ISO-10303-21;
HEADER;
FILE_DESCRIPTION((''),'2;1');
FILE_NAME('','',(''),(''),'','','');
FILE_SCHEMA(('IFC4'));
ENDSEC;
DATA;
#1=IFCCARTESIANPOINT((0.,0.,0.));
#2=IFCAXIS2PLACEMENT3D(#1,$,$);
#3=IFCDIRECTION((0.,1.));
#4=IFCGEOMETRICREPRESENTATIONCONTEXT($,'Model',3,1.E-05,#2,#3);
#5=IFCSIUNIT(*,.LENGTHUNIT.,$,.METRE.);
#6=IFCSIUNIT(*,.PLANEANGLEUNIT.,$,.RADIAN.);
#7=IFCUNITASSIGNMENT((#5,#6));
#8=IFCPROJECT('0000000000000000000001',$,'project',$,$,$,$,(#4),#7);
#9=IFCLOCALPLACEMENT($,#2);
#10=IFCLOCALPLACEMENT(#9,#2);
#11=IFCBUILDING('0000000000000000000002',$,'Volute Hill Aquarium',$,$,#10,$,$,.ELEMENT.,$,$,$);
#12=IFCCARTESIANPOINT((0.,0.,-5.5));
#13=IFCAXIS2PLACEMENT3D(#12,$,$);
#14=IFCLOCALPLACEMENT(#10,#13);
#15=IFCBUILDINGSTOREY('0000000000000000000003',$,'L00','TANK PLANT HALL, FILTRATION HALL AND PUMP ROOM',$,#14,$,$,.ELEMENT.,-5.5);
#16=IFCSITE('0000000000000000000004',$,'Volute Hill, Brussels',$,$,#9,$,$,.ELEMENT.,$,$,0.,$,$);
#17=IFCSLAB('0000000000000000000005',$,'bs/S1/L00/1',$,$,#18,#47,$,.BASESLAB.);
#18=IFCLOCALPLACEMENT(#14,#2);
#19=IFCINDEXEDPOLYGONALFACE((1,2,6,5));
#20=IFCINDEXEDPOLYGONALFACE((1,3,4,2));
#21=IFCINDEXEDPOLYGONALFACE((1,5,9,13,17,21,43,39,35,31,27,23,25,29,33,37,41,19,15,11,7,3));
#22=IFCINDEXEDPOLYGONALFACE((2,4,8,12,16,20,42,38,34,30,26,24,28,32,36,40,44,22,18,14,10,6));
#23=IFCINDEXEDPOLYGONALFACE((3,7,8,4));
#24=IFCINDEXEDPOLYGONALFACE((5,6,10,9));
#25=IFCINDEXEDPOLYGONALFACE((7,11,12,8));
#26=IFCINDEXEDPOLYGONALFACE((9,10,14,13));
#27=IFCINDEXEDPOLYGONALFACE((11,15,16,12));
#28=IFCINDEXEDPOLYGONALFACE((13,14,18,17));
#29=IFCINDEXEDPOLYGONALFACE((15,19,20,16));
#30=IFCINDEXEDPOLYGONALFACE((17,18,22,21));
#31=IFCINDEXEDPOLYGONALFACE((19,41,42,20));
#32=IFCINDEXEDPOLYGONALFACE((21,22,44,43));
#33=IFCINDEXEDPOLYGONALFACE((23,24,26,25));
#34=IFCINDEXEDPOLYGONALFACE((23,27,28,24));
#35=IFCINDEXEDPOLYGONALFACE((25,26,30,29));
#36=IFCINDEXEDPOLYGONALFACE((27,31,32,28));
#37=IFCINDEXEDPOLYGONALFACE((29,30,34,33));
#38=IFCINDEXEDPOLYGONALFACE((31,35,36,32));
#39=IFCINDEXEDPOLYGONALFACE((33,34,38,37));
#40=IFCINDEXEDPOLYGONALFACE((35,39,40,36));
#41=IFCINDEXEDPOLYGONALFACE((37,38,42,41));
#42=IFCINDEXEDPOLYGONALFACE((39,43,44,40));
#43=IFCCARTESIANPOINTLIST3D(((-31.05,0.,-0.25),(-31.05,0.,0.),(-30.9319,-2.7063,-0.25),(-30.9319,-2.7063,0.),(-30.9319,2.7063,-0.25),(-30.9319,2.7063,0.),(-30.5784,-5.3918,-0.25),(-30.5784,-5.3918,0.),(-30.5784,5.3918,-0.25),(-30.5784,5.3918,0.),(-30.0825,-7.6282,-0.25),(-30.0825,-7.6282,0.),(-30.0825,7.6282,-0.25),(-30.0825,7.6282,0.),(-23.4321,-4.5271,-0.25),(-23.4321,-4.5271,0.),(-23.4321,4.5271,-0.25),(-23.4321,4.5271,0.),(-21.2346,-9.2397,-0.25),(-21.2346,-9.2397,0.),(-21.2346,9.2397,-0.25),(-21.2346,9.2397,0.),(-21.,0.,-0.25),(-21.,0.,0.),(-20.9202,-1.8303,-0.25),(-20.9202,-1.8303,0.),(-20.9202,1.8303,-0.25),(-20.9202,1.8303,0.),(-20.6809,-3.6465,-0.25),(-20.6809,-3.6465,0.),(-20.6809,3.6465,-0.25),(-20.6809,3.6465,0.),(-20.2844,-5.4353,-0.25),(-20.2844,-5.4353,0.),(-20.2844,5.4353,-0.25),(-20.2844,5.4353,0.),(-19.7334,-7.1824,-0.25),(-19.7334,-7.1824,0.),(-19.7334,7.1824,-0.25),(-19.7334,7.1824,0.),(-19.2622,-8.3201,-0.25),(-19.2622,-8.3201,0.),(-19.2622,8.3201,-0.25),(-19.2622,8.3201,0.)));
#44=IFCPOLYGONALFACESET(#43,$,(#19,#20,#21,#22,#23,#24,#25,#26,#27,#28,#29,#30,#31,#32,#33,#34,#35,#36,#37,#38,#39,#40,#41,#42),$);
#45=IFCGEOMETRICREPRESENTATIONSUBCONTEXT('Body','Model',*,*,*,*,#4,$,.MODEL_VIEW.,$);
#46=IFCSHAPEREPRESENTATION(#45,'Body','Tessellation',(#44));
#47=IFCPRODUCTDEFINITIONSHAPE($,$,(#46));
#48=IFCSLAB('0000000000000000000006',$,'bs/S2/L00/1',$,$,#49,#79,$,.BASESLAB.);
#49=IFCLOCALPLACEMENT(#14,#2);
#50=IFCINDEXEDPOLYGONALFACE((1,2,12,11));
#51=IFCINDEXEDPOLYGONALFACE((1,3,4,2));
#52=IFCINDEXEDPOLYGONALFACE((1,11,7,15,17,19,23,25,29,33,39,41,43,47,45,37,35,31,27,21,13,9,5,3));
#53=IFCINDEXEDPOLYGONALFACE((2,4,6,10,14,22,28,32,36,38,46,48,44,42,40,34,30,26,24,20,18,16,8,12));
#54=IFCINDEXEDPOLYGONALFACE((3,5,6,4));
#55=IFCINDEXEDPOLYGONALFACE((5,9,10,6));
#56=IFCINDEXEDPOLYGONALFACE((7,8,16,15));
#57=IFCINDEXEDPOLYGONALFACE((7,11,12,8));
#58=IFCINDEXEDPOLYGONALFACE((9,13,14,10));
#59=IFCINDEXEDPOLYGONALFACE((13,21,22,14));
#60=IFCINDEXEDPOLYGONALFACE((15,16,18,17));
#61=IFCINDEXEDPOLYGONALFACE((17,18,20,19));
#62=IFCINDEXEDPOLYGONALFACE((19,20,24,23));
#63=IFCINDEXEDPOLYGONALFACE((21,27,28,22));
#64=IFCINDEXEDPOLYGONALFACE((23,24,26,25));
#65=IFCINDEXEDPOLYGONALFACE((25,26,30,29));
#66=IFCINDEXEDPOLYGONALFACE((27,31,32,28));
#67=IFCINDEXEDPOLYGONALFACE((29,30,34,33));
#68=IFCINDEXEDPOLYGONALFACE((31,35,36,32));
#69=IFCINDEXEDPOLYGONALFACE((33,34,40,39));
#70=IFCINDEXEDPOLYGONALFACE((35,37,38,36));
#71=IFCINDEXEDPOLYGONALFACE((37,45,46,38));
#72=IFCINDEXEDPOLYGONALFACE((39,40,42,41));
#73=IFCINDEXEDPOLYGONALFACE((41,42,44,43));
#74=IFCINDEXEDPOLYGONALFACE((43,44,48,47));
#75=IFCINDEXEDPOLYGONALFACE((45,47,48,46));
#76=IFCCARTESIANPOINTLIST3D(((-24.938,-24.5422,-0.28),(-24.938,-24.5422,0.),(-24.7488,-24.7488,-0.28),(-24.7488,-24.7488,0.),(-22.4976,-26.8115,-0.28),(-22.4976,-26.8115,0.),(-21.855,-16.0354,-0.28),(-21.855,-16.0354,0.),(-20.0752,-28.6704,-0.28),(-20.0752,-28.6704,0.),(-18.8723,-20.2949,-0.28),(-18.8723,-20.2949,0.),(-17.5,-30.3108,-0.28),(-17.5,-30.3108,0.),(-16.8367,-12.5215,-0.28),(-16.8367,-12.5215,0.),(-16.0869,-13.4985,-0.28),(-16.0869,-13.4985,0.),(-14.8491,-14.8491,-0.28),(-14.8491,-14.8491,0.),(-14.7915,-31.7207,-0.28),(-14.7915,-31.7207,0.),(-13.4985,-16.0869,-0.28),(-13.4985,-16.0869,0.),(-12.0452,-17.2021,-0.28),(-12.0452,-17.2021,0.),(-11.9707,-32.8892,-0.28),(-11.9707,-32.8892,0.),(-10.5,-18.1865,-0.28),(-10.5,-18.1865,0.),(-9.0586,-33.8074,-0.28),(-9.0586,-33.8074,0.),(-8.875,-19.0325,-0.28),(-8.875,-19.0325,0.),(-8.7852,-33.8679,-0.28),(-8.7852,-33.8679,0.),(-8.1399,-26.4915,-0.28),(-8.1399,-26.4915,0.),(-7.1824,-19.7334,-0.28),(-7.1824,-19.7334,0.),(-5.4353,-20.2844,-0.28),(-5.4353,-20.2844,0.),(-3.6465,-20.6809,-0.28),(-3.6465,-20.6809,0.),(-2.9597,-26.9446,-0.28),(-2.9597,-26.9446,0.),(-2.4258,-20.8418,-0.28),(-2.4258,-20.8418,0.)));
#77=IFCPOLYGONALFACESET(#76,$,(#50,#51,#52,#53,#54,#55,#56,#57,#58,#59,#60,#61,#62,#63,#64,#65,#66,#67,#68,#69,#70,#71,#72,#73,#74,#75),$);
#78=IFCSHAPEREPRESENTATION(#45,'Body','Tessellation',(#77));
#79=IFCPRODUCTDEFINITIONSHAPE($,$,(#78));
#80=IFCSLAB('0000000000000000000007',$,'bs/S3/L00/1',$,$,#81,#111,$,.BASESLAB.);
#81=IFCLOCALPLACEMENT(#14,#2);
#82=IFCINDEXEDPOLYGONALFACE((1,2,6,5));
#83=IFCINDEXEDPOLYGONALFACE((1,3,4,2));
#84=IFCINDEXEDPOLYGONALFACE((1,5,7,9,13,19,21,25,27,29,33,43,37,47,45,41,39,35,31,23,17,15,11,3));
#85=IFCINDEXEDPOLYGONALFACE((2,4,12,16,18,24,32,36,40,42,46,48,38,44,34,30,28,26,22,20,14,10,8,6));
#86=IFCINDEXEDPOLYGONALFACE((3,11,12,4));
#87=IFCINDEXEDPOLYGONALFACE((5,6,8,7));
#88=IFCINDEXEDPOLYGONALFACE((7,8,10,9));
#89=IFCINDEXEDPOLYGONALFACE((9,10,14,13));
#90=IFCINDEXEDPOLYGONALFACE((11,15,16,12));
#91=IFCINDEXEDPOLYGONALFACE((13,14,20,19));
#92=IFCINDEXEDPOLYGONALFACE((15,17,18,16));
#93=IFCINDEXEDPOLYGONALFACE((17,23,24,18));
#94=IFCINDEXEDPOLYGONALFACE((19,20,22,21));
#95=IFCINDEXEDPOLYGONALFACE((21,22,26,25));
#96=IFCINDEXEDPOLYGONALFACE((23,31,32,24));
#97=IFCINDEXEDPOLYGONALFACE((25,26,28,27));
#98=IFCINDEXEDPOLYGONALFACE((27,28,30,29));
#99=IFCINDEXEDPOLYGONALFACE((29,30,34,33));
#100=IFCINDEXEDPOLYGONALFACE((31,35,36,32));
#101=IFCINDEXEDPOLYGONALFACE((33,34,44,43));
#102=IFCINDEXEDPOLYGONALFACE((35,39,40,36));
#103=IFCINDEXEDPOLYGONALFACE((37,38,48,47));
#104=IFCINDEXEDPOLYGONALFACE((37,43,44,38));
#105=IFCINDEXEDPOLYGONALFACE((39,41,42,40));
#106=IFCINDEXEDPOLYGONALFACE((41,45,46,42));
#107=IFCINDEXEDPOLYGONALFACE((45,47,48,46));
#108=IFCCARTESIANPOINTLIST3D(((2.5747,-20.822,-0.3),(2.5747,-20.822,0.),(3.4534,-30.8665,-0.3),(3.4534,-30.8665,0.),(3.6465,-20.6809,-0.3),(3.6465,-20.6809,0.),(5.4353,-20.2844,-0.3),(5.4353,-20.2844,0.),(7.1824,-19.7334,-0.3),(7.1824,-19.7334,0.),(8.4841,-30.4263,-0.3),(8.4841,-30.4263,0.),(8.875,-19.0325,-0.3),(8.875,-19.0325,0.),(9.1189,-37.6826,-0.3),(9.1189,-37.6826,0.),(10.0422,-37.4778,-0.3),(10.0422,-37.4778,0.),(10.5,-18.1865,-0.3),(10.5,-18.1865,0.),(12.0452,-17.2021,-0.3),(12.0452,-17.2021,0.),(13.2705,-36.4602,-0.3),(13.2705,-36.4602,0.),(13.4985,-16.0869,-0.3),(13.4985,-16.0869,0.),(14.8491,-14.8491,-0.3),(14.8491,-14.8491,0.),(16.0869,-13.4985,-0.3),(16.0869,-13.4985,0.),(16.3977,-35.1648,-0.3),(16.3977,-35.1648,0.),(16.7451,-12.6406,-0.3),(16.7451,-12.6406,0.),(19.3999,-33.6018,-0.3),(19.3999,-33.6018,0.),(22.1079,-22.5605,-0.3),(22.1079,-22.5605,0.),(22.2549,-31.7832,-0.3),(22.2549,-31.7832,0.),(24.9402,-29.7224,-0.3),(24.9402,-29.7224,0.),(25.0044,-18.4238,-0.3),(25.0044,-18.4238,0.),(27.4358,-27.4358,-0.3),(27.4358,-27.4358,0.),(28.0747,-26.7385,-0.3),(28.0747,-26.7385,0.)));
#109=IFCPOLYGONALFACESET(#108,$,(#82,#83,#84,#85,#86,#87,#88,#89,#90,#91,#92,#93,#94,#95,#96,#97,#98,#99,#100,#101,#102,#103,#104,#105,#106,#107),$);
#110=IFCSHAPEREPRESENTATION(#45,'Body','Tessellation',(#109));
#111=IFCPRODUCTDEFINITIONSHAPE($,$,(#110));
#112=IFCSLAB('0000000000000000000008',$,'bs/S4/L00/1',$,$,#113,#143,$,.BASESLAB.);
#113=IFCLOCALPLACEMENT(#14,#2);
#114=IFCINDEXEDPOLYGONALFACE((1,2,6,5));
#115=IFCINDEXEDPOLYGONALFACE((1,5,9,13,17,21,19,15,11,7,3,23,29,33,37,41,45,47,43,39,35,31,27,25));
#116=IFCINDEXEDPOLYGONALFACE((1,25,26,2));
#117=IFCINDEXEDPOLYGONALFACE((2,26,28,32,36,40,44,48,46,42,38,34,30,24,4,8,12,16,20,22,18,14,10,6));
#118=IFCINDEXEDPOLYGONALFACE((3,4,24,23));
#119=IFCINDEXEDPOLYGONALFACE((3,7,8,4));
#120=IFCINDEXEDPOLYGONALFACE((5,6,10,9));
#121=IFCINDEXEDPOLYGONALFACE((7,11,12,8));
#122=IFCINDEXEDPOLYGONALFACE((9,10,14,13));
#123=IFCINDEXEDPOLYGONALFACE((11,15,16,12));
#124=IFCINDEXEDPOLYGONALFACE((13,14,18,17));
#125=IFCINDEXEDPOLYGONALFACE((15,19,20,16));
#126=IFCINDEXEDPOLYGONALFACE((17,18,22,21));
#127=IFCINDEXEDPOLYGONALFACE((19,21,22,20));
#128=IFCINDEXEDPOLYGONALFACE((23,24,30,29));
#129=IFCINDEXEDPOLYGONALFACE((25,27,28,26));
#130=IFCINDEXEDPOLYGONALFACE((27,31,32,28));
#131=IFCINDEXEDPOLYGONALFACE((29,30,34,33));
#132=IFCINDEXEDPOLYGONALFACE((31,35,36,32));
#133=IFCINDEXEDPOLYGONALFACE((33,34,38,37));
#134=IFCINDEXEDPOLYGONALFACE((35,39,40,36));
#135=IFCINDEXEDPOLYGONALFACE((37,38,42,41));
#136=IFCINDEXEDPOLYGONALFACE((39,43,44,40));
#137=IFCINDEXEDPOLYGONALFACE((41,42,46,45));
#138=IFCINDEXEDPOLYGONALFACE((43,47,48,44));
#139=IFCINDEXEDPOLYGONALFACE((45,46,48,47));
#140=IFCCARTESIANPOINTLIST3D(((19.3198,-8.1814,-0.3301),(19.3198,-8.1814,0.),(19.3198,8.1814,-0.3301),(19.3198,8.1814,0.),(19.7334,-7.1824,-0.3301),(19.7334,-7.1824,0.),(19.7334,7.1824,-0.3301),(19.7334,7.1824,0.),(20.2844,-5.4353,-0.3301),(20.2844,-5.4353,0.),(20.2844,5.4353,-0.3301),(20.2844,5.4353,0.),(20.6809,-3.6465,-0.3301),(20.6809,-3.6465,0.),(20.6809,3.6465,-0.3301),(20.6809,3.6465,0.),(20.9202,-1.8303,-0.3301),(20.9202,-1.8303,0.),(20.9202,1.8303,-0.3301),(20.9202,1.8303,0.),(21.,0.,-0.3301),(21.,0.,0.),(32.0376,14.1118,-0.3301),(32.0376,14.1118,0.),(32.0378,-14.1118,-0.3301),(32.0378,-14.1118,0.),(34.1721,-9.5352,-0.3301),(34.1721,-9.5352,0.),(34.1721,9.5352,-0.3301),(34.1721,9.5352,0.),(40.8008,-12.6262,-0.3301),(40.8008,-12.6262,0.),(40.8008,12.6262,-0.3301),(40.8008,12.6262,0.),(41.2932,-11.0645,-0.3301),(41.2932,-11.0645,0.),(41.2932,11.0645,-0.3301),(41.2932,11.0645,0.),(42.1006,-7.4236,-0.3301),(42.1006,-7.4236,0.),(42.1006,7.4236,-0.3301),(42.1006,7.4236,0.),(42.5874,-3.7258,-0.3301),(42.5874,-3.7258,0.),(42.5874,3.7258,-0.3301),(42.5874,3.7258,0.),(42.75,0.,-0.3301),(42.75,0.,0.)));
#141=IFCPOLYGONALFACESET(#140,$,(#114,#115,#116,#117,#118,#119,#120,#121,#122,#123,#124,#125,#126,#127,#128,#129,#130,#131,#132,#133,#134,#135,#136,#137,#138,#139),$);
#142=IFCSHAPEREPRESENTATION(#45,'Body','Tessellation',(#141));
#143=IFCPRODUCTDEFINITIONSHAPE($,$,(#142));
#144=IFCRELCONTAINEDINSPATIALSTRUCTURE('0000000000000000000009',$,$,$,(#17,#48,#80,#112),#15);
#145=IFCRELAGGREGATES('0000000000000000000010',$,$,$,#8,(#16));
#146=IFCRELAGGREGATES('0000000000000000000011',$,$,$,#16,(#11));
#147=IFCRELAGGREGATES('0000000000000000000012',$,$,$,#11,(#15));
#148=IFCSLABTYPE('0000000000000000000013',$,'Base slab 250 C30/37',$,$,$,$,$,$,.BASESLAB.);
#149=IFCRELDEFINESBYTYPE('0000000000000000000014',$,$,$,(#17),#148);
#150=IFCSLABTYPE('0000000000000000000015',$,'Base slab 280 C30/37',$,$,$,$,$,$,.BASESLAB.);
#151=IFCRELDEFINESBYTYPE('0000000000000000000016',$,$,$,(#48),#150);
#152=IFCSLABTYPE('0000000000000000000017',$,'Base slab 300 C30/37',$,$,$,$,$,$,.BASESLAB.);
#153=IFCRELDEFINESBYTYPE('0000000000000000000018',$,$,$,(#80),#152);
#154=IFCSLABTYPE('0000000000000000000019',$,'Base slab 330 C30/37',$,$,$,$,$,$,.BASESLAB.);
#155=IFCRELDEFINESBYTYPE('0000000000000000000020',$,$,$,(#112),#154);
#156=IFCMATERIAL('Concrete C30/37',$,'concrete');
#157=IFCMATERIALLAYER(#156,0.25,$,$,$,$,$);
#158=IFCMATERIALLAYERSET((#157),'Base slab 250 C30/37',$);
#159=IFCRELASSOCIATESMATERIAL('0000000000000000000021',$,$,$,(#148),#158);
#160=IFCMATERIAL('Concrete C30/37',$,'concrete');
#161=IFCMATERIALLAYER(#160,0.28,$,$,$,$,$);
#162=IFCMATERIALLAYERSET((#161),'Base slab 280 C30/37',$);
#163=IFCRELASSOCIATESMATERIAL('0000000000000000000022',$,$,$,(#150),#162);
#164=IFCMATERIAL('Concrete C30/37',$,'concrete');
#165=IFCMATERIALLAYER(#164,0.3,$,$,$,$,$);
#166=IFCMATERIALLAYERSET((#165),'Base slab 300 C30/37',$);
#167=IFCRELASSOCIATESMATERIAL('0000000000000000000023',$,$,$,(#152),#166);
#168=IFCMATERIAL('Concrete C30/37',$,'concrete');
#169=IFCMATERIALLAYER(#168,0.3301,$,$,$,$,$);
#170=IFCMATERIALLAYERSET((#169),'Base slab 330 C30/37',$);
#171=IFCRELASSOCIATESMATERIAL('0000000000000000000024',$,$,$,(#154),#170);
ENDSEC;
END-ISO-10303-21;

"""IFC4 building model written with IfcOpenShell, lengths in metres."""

from ifc_helpers import new_model, si_unit, direction, frame, origin, place, context, subcontext, project, spatial, polyline, outline, extrude, material, layer, layer_set, type_object, element, save


model = new_model("IFC4")

# Units and contexts
model_context = context("Model", 3, precision=1e-05, world=origin(), true_north=direction((0.0, 1.0)))
body_context = subcontext(model_context, "Body", "Model", "MODEL_VIEW")
ifc_project = project(units=[si_unit("LENGTHUNIT", "METRE"), si_unit("PLANEANGLEUNIT", "RADIAN")], contexts=[model_context])

# Site, building, storey
site_placement = place(None, origin())
site = spatial("IfcSite", under=ifc_project, at=site_placement, Name="Volute Hill, Brussels", CompositionType="ELEMENT", RefElevation=0.0)
building_placement = place(site_placement, origin())
building = spatial("IfcBuilding", under=site, at=building_placement, Name="Volute Hill Aquarium", CompositionType="ELEMENT")
storey_placement = place(building_placement, frame((0.0, 0.0, -5.5)))
storey = spatial("IfcBuildingStorey", under=building, at=storey_placement, Name="L00", Description="TANK PLANT HALL, FILTRATION HALL AND PUMP ROOM", CompositionType="ELEMENT", Elevation=-5.5)

# Slabs
ifc_material_1 = material(Name="Concrete C30/37", Category="concrete")
ifc_layer_1 = layer(ifc_material_1, 0.25)
ifc_layer_set_1 = layer_set([ifc_layer_1], Name="Base slab 250 C30/37")
slab_type_1 = type_object("IfcSlabType", Name="Base slab 250 C30/37", PredefinedType="BASESLAB", material=ifc_layer_set_1)
slab_1_placement = place(storey_placement, frame((0.0, 0.0, -0.25)))
element("IfcSlab", 1, at=slab_1_placement, inside=storey, type_object=slab_type_1, Name="bs/S1/L00/1", PredefinedType="BASESLAB", context=body_context, shape_type="SweptSolid", body=[
    extrude(outline(polyline([(-30.0825, 7.6282), (-23.4321, 4.5271), (-21.2346, 9.2397), (-19.2622, 8.3201), (-19.7334, 7.1824), (-20.2844, 5.4353), (-20.6809, 3.6465), (-20.9202, 1.8303), (-21.0, 0.0), (-20.9202, -1.8303), (-20.6809, -3.6465), (-20.2844, -5.4353), (-19.7334, -7.1824), (-19.2622, -8.3201), (-21.2346, -9.2397), (-23.4321, -4.5271), (-30.0825, -7.6282), (-30.5784, -5.3918), (-30.9319, -2.7063), (-31.05, 0.0), (-30.9319, 2.7063), (-30.5784, 5.3918), (-30.0825, 7.6282)])), origin(), (0.0, 0.0, 1.0), 0.25),
])
ifc_material_2 = material(Name="Concrete C30/37", Category="concrete")
ifc_layer_2 = layer(ifc_material_2, 0.28)
ifc_layer_set_2 = layer_set([ifc_layer_2], Name="Base slab 280 C30/37")
slab_type_2 = type_object("IfcSlabType", Name="Base slab 280 C30/37", PredefinedType="BASESLAB", material=ifc_layer_set_2)
slab_2_placement = place(storey_placement, frame((0.0, 0.0, -0.28)))
element("IfcSlab", 2, at=slab_2_placement, inside=storey, type_object=slab_type_2, Name="bs/S2/L00/1", PredefinedType="BASESLAB", context=body_context, shape_type="SweptSolid", body=[
    extrude(outline(polyline([(-16.0869, -13.4985), (-14.8491, -14.8491), (-13.4985, -16.0869), (-12.0452, -17.2021), (-10.5, -18.1865), (-8.875, -19.0325), (-7.1824, -19.7334), (-5.4353, -20.2844), (-3.6465, -20.6809), (-2.4258, -20.8418), (-2.9597, -26.9446), (-8.1399, -26.4915), (-8.7852, -33.8679), (-9.0586, -33.8074), (-11.9707, -32.8892), (-14.7915, -31.7207), (-17.5, -30.3108), (-20.0752, -28.6704), (-22.4976, -26.8115), (-24.7488, -24.7488), (-24.938, -24.5422), (-18.8723, -20.2949), (-21.855, -16.0354), (-16.8367, -12.5215), (-16.0869, -13.4985)])), origin(), (0.0, 0.0, 1.0), 0.28),
])
ifc_material_3 = material(Name="Concrete C30/37", Category="concrete")
ifc_layer_3 = layer(ifc_material_3, 0.3)
ifc_layer_set_3 = layer_set([ifc_layer_3], Name="Base slab 300 C30/37")
slab_type_3 = type_object("IfcSlabType", Name="Base slab 300 C30/37", PredefinedType="BASESLAB", material=ifc_layer_set_3)
slab_3_placement = place(storey_placement, frame((0.0, 0.0, -0.3)))
element("IfcSlab", 3, at=slab_3_placement, inside=storey, type_object=slab_type_3, Name="bs/S3/L00/1", PredefinedType="BASESLAB", context=body_context, shape_type="SweptSolid", body=[
    extrude(outline(polyline([(3.6465, -20.6809), (5.4353, -20.2844), (7.1824, -19.7334), (8.875, -19.0325), (10.5, -18.1865), (12.0452, -17.2021), (13.4985, -16.0869), (14.8491, -14.8491), (16.0869, -13.4985), (16.7451, -12.6406), (25.0044, -18.4238), (22.1079, -22.5605), (28.0747, -26.7385), (27.4358, -27.4358), (24.9402, -29.7224), (22.2549, -31.7832), (19.3999, -33.6018), (16.3977, -35.1648), (13.2705, -36.4602), (10.0422, -37.4778), (9.1189, -37.6826), (8.4841, -30.4263), (3.4534, -30.8665), (2.5747, -20.822), (3.6465, -20.6809)])), origin(), (0.0, 0.0, 1.0), 0.3),
])
ifc_material_4 = material(Name="Concrete C30/37", Category="concrete")
ifc_layer_4 = layer(ifc_material_4, 0.3301)
ifc_layer_set_4 = layer_set([ifc_layer_4], Name="Base slab 330 C30/37")
slab_type_4 = type_object("IfcSlabType", Name="Base slab 330 C30/37", PredefinedType="BASESLAB", material=ifc_layer_set_4)
slab_4_placement = place(storey_placement, frame((0.0, 0.0, -0.3301)))
element("IfcSlab", 4, at=slab_4_placement, inside=storey, type_object=slab_type_4, Name="bs/S4/L00/1", PredefinedType="BASESLAB", context=body_context, shape_type="SweptSolid", body=[
    extrude(outline(polyline([(19.7334, -7.1824), (20.2844, -5.4353), (20.6809, -3.6465), (20.9202, -1.8303), (21.0, 0.0), (20.9202, 1.8303), (20.6809, 3.6465), (20.2844, 5.4353), (19.7334, 7.1824), (19.3198, 8.1814), (32.0376, 14.1118), (34.1721, 9.5352), (40.8008, 12.6262), (41.2932, 11.0645), (42.1006, 7.4236), (42.5874, 3.7258), (42.75, 0.0), (42.5874, -3.7258), (42.1006, -7.4236), (41.2932, -11.0645), (40.8008, -12.6262), (34.1721, -9.5352), (32.0378, -14.1118), (19.3198, -8.1814), (19.7334, -7.1824)])), origin(), (0.0, 0.0, 1.0), 0.3301),
])

save(model, "model.ifc")
